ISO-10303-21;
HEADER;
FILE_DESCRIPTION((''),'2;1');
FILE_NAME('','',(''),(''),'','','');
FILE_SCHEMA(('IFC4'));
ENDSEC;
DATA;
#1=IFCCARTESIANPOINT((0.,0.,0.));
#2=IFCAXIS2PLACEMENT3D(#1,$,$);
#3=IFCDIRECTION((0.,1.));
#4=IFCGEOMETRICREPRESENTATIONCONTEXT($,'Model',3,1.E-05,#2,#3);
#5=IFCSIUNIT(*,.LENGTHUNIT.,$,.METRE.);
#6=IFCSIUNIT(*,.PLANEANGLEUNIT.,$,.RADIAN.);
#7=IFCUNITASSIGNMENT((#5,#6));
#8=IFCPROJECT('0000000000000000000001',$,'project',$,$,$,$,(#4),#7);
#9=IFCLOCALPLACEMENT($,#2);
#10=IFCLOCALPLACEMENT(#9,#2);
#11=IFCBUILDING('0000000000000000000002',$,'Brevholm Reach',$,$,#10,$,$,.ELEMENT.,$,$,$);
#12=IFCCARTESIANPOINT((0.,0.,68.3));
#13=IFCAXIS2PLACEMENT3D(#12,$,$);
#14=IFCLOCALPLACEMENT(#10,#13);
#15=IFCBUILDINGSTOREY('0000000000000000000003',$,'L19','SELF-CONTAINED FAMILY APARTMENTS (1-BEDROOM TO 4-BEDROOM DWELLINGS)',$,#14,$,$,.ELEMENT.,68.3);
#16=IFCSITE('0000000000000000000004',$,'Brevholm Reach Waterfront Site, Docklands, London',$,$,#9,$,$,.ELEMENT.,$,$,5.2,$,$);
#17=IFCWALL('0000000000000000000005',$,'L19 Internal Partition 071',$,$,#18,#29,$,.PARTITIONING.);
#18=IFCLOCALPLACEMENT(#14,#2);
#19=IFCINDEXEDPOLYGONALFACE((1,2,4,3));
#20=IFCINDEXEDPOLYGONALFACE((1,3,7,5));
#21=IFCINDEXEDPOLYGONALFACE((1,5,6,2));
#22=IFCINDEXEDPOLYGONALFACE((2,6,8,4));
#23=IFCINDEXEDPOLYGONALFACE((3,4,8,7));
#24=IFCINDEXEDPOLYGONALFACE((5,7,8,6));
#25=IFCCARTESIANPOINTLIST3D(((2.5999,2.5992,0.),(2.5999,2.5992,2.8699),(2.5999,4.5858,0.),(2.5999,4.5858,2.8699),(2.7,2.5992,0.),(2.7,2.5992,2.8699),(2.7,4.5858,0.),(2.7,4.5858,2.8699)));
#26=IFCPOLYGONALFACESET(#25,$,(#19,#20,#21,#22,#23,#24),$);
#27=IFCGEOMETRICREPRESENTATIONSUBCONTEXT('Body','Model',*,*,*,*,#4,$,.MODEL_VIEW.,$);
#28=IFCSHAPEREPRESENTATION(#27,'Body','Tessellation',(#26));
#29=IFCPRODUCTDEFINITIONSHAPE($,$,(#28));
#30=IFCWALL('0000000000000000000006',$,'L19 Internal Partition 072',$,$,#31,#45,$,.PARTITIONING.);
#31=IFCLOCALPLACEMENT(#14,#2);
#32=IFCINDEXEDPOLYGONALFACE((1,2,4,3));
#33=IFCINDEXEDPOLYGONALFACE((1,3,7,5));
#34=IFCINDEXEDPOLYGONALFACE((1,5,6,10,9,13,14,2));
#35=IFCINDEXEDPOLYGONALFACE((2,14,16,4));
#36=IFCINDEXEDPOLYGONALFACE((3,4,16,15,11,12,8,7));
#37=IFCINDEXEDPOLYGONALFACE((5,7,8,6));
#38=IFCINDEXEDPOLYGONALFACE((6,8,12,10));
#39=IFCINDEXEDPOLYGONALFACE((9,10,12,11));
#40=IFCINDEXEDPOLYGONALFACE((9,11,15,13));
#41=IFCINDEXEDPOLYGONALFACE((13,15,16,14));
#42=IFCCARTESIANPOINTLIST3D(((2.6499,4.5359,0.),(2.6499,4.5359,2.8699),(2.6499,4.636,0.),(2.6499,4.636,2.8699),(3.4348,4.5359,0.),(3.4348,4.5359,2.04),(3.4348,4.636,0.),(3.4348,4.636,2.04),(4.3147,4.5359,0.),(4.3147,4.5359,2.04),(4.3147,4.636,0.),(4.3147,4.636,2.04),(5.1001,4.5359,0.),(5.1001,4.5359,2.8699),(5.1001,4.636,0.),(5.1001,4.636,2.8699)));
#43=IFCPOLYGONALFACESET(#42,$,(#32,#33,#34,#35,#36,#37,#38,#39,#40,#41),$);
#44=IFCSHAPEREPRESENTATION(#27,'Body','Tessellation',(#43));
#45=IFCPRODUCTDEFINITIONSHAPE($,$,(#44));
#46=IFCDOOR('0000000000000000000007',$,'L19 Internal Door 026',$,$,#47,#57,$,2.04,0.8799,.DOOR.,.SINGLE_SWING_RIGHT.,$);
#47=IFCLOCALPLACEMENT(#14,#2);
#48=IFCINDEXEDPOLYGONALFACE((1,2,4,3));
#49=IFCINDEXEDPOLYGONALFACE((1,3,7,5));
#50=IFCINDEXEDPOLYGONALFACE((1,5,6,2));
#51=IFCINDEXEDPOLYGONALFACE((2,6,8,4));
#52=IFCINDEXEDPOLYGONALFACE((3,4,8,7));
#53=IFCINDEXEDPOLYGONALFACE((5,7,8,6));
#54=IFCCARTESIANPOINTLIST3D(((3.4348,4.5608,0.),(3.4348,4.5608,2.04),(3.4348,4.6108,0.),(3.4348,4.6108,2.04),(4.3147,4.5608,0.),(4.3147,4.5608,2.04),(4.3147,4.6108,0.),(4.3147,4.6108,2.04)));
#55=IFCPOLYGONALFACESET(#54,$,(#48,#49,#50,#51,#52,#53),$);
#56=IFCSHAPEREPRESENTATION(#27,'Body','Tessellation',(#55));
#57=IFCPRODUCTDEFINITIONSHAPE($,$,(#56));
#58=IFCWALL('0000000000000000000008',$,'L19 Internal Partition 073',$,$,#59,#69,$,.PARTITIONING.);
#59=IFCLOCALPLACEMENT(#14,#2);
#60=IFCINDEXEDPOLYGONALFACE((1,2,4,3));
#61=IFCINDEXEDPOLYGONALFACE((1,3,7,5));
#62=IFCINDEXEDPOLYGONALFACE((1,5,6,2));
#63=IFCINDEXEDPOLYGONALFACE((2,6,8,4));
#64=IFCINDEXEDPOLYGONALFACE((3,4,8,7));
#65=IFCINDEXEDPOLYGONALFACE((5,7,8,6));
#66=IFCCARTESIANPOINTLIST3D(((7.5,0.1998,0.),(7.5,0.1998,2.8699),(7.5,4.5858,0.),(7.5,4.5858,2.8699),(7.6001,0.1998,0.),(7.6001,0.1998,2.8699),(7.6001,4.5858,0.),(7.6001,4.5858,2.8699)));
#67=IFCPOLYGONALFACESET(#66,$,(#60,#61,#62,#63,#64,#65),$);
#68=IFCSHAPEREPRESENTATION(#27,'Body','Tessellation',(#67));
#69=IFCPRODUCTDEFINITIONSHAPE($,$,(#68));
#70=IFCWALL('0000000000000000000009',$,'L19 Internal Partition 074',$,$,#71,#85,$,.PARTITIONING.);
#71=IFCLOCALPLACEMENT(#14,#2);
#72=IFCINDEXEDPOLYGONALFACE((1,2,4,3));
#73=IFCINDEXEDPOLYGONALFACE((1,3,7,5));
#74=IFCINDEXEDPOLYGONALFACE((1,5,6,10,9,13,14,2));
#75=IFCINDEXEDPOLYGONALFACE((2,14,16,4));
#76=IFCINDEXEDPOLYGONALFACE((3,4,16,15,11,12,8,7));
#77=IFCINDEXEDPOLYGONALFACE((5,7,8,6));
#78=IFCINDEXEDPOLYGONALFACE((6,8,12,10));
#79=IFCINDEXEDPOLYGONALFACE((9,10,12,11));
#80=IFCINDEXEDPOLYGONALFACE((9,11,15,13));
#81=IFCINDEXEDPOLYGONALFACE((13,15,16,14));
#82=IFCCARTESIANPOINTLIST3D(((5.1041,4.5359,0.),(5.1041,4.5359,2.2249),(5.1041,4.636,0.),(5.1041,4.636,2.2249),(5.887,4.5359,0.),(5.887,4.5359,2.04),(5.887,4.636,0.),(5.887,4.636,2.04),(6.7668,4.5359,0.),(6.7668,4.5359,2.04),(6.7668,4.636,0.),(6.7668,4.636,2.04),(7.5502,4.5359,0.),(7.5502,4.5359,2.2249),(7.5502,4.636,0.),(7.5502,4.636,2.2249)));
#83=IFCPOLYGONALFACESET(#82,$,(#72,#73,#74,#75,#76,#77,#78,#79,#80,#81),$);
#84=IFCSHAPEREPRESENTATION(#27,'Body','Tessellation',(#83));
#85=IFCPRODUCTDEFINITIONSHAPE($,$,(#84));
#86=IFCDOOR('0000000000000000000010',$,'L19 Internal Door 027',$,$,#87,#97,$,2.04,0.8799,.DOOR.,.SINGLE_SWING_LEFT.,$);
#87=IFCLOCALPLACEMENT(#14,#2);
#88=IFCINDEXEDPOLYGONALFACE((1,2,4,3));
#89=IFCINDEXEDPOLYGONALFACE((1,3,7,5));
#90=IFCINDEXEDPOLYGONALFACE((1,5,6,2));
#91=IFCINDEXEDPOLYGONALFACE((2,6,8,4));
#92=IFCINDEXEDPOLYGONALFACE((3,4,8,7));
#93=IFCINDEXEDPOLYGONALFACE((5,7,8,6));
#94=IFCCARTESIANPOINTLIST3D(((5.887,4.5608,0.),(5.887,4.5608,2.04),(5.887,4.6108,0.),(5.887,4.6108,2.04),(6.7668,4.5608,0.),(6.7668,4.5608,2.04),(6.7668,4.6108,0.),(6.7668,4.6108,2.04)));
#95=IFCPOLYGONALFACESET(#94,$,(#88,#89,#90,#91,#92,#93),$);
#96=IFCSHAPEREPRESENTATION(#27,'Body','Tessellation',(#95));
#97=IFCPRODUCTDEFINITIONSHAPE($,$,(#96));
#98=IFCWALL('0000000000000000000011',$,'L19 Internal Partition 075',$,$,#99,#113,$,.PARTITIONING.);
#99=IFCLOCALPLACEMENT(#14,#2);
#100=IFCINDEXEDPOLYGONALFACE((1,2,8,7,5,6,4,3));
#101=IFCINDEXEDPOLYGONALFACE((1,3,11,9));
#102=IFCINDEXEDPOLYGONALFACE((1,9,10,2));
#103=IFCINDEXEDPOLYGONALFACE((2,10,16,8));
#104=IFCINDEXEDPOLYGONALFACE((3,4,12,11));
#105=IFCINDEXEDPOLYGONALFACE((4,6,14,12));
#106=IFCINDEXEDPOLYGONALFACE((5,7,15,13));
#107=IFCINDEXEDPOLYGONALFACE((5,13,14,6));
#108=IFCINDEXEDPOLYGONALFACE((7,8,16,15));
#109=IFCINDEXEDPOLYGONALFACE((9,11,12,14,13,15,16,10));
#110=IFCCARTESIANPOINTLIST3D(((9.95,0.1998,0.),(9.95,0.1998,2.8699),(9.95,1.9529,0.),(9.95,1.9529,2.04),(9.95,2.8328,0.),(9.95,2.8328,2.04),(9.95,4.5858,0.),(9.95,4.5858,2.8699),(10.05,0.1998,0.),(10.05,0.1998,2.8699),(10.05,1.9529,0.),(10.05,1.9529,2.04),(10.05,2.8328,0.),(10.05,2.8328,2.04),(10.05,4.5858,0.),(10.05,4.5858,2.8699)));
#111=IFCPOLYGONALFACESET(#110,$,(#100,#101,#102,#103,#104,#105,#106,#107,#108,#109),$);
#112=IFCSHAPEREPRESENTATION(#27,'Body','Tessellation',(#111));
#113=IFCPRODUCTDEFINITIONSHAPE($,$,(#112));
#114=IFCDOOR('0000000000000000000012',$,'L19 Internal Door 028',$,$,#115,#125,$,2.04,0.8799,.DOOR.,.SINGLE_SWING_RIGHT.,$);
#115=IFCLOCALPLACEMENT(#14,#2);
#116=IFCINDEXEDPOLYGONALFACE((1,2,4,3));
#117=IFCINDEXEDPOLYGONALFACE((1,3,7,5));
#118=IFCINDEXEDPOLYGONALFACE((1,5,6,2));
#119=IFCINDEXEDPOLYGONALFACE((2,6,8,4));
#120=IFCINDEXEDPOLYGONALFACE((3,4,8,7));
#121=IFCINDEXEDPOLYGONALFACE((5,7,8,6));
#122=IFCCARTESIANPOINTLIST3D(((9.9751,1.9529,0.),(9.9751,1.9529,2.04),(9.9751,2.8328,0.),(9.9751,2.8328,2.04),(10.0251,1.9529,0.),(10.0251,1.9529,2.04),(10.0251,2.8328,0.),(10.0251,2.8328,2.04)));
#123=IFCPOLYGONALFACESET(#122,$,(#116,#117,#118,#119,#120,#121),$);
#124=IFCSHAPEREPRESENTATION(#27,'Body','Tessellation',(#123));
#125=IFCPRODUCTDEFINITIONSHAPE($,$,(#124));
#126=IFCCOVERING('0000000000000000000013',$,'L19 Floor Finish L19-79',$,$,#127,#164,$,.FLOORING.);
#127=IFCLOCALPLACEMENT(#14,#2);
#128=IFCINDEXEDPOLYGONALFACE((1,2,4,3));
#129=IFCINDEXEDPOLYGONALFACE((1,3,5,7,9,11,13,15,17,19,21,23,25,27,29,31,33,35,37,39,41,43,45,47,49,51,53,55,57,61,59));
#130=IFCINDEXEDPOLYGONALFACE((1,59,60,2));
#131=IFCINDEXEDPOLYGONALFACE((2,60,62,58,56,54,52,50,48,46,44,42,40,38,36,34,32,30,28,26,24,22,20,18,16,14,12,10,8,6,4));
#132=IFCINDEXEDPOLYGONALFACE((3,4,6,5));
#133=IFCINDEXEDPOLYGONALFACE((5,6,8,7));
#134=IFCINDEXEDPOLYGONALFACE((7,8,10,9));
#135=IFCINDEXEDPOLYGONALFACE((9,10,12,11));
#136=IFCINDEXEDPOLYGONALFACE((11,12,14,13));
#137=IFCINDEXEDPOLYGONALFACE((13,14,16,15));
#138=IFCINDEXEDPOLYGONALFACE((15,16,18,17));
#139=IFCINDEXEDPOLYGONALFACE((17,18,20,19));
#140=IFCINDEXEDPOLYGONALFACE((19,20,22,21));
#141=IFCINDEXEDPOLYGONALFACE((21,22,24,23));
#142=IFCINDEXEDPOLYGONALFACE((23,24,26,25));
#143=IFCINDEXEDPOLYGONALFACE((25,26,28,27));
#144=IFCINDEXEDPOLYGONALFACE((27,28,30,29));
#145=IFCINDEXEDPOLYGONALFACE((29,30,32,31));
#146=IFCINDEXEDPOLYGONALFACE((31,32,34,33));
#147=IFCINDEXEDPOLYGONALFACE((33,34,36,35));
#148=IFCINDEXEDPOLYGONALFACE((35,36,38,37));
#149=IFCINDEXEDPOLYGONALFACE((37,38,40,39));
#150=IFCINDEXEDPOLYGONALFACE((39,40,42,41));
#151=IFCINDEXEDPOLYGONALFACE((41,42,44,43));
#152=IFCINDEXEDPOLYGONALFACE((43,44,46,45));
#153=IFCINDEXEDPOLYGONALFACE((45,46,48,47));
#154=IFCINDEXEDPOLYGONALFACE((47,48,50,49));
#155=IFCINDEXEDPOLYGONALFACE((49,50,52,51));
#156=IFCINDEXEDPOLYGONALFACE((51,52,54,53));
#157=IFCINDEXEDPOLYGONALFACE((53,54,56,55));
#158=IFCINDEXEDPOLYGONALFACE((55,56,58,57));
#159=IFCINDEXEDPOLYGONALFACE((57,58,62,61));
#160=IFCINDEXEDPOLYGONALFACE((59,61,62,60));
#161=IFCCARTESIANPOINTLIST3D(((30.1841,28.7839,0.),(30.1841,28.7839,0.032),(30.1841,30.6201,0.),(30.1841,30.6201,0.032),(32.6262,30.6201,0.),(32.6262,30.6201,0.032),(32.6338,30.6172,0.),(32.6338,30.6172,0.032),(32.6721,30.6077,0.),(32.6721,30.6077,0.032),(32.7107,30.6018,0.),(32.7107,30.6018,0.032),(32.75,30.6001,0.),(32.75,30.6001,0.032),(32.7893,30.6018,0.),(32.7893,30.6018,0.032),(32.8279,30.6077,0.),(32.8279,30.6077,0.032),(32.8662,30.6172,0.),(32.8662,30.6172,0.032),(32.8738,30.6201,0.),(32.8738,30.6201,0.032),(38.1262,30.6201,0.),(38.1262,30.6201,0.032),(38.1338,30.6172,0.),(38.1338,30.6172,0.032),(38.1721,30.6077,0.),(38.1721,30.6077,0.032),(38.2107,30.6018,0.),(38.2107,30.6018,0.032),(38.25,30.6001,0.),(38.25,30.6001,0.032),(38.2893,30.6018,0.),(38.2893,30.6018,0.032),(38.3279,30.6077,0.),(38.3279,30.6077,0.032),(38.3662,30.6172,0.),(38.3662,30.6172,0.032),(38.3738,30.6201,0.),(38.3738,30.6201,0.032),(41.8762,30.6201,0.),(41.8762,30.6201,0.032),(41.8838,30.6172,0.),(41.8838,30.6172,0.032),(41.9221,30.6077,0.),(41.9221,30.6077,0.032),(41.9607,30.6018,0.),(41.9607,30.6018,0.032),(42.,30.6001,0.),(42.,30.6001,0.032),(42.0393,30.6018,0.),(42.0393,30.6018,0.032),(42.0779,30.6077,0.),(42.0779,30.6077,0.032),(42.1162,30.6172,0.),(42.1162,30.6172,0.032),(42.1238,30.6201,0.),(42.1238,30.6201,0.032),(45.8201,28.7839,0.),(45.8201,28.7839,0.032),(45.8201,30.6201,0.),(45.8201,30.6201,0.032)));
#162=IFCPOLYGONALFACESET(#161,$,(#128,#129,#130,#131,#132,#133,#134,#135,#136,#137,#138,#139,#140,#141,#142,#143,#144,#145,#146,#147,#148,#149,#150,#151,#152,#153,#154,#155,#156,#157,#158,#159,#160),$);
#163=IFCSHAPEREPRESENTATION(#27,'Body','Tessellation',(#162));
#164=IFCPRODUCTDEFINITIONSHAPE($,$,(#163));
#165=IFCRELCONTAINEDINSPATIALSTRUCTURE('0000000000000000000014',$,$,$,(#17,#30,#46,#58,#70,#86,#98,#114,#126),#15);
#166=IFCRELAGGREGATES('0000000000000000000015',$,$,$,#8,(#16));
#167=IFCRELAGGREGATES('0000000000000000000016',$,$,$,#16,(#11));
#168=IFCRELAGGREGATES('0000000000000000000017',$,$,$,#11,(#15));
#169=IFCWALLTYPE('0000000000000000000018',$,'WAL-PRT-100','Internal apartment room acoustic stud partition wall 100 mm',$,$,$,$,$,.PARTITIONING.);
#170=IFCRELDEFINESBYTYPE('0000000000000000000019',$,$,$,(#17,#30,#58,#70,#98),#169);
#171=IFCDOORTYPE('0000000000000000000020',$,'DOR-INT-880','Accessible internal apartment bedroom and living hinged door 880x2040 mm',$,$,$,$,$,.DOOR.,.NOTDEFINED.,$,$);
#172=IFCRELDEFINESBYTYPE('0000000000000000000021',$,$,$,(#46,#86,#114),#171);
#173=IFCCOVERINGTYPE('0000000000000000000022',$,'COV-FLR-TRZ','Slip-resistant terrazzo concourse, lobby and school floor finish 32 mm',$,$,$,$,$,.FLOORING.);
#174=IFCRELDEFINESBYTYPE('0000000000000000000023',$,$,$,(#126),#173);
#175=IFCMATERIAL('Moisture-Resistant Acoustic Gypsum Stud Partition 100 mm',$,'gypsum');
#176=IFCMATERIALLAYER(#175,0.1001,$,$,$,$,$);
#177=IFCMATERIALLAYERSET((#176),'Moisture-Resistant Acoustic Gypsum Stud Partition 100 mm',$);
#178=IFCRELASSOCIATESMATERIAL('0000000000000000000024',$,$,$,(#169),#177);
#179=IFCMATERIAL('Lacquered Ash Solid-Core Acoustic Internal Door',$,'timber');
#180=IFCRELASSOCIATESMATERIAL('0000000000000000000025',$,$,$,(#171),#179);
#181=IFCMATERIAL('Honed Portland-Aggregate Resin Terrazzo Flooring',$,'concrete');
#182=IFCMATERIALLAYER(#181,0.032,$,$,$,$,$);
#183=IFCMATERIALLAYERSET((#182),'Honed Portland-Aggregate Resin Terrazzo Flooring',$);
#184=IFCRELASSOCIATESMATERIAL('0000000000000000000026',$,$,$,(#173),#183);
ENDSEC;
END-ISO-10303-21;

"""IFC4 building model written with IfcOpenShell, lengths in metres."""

from ifc_helpers import new_model, si_unit, direction, frame, frame_2d, origin, place, context, subcontext, project, spatial, polyline, rectangle, outline, extrude, material, layer, layer_set, type_object, element, fill, save


model = new_model("IFC4")

# Units and contexts
model_context = context("Model", 3, precision=1e-05, world=origin(), true_north=direction((0.0, 1.0)))
body_context = subcontext(model_context, "Body", "Model", "MODEL_VIEW")
ifc_project = project(units=[si_unit("LENGTHUNIT", "METRE"), si_unit("PLANEANGLEUNIT", "RADIAN")], contexts=[model_context])

# Site, building, storey
site_placement = place(None, origin())
site = spatial("IfcSite", under=ifc_project, at=site_placement, Name="Brevholm Reach Waterfront Site, Docklands, London", CompositionType="ELEMENT", RefElevation=5.2)
building_placement = place(site_placement, origin())
building = spatial("IfcBuilding", under=site, at=building_placement, Name="Brevholm Reach", CompositionType="ELEMENT")
storey_placement = place(building_placement, frame((0.0, 0.0, 68.3)))
storey = spatial("IfcBuildingStorey", under=building, at=storey_placement, Name="L19", Description="SELF-CONTAINED FAMILY APARTMENTS (1-BEDROOM TO 4-BEDROOM DWELLINGS)", CompositionType="ELEMENT", Elevation=68.3)

# Wall
ifc_material_1 = material(Name="Moisture-Resistant Acoustic Gypsum Stud Partition 100 mm", Category="gypsum")
ifc_layer_1 = layer(ifc_material_1, 0.1001)
ifc_layer_set_1 = layer_set([ifc_layer_1], Name="Moisture-Resistant Acoustic Gypsum Stud Partition 100 mm")
wall_type_1 = type_object("IfcWallType", Name="WAL-PRT-100", Description="Internal apartment room acoustic stud partition wall 100 mm", PredefinedType="PARTITIONING", material=ifc_layer_set_1)
wall_1_placement = place(storey_placement, frame((2.6499, 2.5994, 0.0), z_axis=(0.0, 0.0, 1.0), x_axis=(0.0, 1.0, 0.0)))
element("IfcWall", 1, at=wall_1_placement, inside=storey, type_object=wall_type_1, Name="L19 Internal Partition 071", PredefinedType="PARTITIONING", context=body_context, shape_type="SweptSolid", body=[
    extrude(rectangle(XDim=1.9866, YDim=0.1001, at=frame_2d((0.9932, 0.0))), origin(), (0.0, 0.0, 1.0), 2.8699),
])

# Wall, opening, door
wall_2_placement = place(storey_placement, frame((2.6499, 4.5859, 0.0), z_axis=(0.0, 0.0, 1.0), x_axis=(1.0, 0.0, 0.0)))
wall_2 = element("IfcWall", 2, at=wall_2_placement, inside=storey, type_object=wall_type_1, Name="L19 Internal Partition 072", PredefinedType="PARTITIONING", context=body_context, shape_type="SweptSolid", body=[
    extrude(rectangle(XDim=2.4502, YDim=0.1001, at=frame_2d((1.2251, 0.0))), origin(), (0.0, 0.0, 1.0), 2.8699),
])
opening_1_placement = place(wall_2_placement, frame((0.7849, 0.0, 0.0)))
opening_1 = element("IfcOpeningElement", 3, at=opening_1_placement, cuts=wall_2, PredefinedType="OPENING", context=body_context, shape_type="SweptSolid", body=[
    extrude(rectangle(XDim=0.8799, YDim=2.04, at=frame_2d((0.4399, 1.02))), frame((0.0, 0.0601, 0.0), z_axis=(0.0, -1.0, 0.0), x_axis=(1.0, 0.0, 0.0)), (0.0, 0.0, 1.0), 0.1201),
])
ifc_material_2 = material(Name="Lacquered Ash Solid-Core Acoustic Internal Door", Category="timber")
door_type_1 = type_object("IfcDoorType", Name="DOR-INT-880", Description="Accessible internal apartment bedroom and living hinged door 880x2040 mm", OperationType="NOTDEFINED", PredefinedType="DOOR", material=ifc_material_2)
door_1_placement = place(opening_1_placement, origin())
door_1 = element("IfcDoor", 4, at=door_1_placement, inside=storey, type_object=door_type_1, Name="L19 Internal Door 026", OperationType="SINGLE_SWING_RIGHT", OverallHeight=2.04, OverallWidth=0.8799, PredefinedType="DOOR", context=body_context, shape_type="SweptSolid", body=[
    extrude(rectangle(XDim=0.8799, YDim=2.04, at=frame_2d((0.4399, 1.02))), frame((0.0, 0.0249, 0.0), z_axis=(0.0, -1.0, 0.0), x_axis=(1.0, 0.0, 0.0)), (0.0, 0.0, 1.0), 0.05),
])
fill(opening_1, door_1)

# Wall
wall_3_placement = place(storey_placement, frame((7.55, 0.2, 0.0), z_axis=(0.0, 0.0, 1.0), x_axis=(0.0, 1.0, 0.0)))
element("IfcWall", 5, at=wall_3_placement, inside=storey, type_object=wall_type_1, Name="L19 Internal Partition 073", PredefinedType="PARTITIONING", context=body_context, shape_type="SweptSolid", body=[
    extrude(rectangle(XDim=4.386, YDim=0.1001, at=frame_2d((2.1929, 0.0))), origin(), (0.0, 0.0, 1.0), 2.8699),
])

# Walls, openings, doors
wall_4_placement = place(storey_placement, frame((5.104, 4.5859, 0.0), z_axis=(0.0, 0.0, 1.0), x_axis=(1.0, 0.0, 0.0)))
wall_4 = element("IfcWall", 6, at=wall_4_placement, inside=storey, type_object=wall_type_1, Name="L19 Internal Partition 074", PredefinedType="PARTITIONING", context=body_context, shape_type="SweptSolid", body=[
    extrude(rectangle(XDim=2.446, YDim=0.1001, at=frame_2d((1.2231, 0.0))), origin(), (0.0, 0.0, 1.0), 2.2249),
])
opening_2_placement = place(wall_4_placement, frame((0.783, 0.0, 0.0)))
opening_2 = element("IfcOpeningElement", 7, at=opening_2_placement, cuts=wall_4, PredefinedType="OPENING", context=body_context, shape_type="SweptSolid", body=[
    extrude(rectangle(XDim=0.8799, YDim=2.04, at=frame_2d((0.4399, 1.02))), frame((0.0, 0.0601, 0.0), z_axis=(0.0, -1.0, 0.0), x_axis=(1.0, 0.0, 0.0)), (0.0, 0.0, 1.0), 0.1201),
])
door_2_placement = place(opening_2_placement, origin())
door_2 = element("IfcDoor", 8, at=door_2_placement, inside=storey, type_object=door_type_1, Name="L19 Internal Door 027", OperationType="SINGLE_SWING_LEFT", OverallHeight=2.04, OverallWidth=0.8799, PredefinedType="DOOR", context=body_context, shape_type="SweptSolid", body=[
    extrude(rectangle(XDim=0.8799, YDim=2.04, at=frame_2d((0.4399, 1.02))), frame((0.0, 0.0249, 0.0), z_axis=(0.0, -1.0, 0.0), x_axis=(1.0, 0.0, 0.0)), (0.0, 0.0, 1.0), 0.05),
])
fill(opening_2, door_2)
wall_5_placement = place(storey_placement, frame((10.0, 0.2, 0.0), z_axis=(0.0, 0.0, 1.0), x_axis=(0.0, 1.0, 0.0)))
wall_5 = element("IfcWall", 9, at=wall_5_placement, inside=storey, type_object=wall_type_1, Name="L19 Internal Partition 075", PredefinedType="PARTITIONING", context=body_context, shape_type="SweptSolid", body=[
    extrude(rectangle(XDim=4.386, YDim=0.1001, at=frame_2d((2.1929, 0.0))), origin(), (0.0, 0.0, 1.0), 2.8699),
])
opening_3_placement = place(wall_5_placement, frame((1.7529, 0.0, 0.0)))
opening_3 = element("IfcOpeningElement", 10, at=opening_3_placement, cuts=wall_5, PredefinedType="OPENING", context=body_context, shape_type="SweptSolid", body=[
    extrude(rectangle(XDim=0.8799, YDim=2.04, at=frame_2d((0.4399, 1.02))), frame((0.0, 0.0601, 0.0), z_axis=(0.0, -1.0, 0.0), x_axis=(1.0, 0.0, 0.0)), (0.0, 0.0, 1.0), 0.1201),
])
door_3_placement = place(opening_3_placement, origin())
door_3 = element("IfcDoor", 11, at=door_3_placement, inside=storey, type_object=door_type_1, Name="L19 Internal Door 028", OperationType="SINGLE_SWING_RIGHT", OverallHeight=2.04, OverallWidth=0.8799, PredefinedType="DOOR", context=body_context, shape_type="SweptSolid", body=[
    extrude(rectangle(XDim=0.8799, YDim=2.04, at=frame_2d((0.4399, 1.02))), frame((0.0, 0.0249, 0.0), z_axis=(0.0, -1.0, 0.0), x_axis=(1.0, 0.0, 0.0)), (0.0, 0.0, 1.0), 0.05),
])
fill(opening_3, door_3)

# Covering
ifc_material_3 = material(Name="Honed Portland-Aggregate Resin Terrazzo Flooring", Category="concrete")
ifc_layer_2 = layer(ifc_material_3, 0.032)
ifc_layer_set_2 = layer_set([ifc_layer_2], Name="Honed Portland-Aggregate Resin Terrazzo Flooring")
covering_type = type_object("IfcCoveringType", Name="COV-FLR-TRZ", Description="Slip-resistant terrazzo concourse, lobby and school floor finish 32 mm", PredefinedType="FLOORING", material=ifc_layer_set_2)
covering_placement = place(storey_placement, origin())
element("IfcCovering", 12, at=covering_placement, inside=storey, type_object=covering_type, Name="L19 Floor Finish L19-79", PredefinedType="FLOORING", context=body_context, shape_type="SweptSolid", body=[
    extrude(outline(polyline([(32.6262, 30.6201), (32.6338, 30.6172), (32.6721, 30.6077), (32.7107, 30.6018), (32.75, 30.6001), (32.7893, 30.6018), (32.8279, 30.6077), (32.8662, 30.6172), (32.8738, 30.6201), (38.1262, 30.6201), (38.1338, 30.6172), (38.1721, 30.6077), (38.2107, 30.6018), (38.25, 30.6001), (38.2893, 30.6018), (38.3279, 30.6077), (38.3662, 30.6172), (38.3738, 30.6201), (41.8762, 30.6201), (41.8838, 30.6172), (41.9221, 30.6077), (41.9607, 30.6018), (42.0, 30.6001), (42.0393, 30.6018), (42.0779, 30.6077), (42.1162, 30.6172), (42.1238, 30.6201), (45.8201, 30.6201), (45.8201, 28.7839), (30.1841, 28.7839), (30.1841, 30.6201), (32.6262, 30.6201)])), origin(), (0.0, 0.0, 1.0), 0.032),
])

save(model, "model.ifc")
